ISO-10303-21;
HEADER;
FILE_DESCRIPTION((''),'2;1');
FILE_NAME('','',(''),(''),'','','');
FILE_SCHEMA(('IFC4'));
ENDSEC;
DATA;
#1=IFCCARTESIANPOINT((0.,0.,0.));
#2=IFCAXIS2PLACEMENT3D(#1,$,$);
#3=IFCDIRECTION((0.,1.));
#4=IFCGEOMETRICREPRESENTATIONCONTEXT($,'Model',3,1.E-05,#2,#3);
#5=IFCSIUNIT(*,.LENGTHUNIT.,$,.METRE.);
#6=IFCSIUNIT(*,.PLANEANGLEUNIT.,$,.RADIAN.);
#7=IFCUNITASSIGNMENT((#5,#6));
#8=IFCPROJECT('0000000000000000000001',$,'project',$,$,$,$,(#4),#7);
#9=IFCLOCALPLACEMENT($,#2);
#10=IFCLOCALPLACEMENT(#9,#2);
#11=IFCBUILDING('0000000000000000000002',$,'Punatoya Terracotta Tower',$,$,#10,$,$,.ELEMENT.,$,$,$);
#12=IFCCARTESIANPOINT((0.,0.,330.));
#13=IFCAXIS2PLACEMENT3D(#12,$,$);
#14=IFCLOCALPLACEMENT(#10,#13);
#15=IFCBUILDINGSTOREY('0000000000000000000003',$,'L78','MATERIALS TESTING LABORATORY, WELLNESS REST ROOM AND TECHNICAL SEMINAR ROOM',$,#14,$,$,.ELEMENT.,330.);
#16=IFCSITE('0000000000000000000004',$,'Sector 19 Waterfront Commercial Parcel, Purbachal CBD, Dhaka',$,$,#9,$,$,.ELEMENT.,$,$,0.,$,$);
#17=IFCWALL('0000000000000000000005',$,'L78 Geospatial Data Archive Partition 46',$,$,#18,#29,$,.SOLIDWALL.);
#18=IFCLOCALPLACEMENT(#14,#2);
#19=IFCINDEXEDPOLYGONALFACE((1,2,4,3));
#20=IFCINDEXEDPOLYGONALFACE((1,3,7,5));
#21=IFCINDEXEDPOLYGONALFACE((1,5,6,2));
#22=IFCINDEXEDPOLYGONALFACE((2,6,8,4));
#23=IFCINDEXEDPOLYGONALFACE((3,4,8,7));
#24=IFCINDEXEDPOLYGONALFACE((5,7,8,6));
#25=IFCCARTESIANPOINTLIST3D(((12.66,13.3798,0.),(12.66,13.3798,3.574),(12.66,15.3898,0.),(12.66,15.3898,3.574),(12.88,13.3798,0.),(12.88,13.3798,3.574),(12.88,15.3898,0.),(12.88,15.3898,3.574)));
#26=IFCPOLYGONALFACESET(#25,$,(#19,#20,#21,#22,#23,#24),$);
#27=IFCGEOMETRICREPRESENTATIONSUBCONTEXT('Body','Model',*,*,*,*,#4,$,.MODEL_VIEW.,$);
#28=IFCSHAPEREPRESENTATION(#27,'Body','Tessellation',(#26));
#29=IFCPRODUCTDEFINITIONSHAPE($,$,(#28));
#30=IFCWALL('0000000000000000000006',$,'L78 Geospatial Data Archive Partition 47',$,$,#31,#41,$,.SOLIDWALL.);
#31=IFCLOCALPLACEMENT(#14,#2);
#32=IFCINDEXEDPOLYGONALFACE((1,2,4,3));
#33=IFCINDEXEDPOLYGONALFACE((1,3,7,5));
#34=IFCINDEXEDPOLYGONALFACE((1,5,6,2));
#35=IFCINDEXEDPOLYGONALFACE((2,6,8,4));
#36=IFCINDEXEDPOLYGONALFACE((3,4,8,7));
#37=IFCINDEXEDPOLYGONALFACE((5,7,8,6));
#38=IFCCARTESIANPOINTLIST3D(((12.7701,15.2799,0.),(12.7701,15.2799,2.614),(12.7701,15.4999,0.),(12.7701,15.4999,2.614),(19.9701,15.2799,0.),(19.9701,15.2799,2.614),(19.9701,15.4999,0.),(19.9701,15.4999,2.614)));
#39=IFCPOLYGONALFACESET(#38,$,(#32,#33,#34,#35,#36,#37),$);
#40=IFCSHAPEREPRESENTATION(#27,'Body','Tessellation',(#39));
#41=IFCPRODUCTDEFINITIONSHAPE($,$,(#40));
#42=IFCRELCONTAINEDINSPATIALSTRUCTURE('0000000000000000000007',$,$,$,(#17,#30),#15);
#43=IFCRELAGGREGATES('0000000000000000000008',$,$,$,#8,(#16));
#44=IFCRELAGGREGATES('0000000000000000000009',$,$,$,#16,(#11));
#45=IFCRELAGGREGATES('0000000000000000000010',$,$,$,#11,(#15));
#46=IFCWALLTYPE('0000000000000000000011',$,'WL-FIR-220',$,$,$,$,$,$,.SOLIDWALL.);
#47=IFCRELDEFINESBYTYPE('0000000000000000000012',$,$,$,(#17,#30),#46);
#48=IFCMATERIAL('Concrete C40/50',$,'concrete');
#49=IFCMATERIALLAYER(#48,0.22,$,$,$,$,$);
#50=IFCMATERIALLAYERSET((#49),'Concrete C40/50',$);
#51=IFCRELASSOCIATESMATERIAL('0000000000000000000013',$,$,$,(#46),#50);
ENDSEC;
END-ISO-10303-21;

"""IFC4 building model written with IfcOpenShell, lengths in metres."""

from ifc_helpers import new_model, si_unit, direction, frame, frame_2d, origin, place, context, subcontext, project, spatial, rectangle, extrude, material, layer, layer_set, type_object, element, save


model = new_model("IFC4")

# Units and contexts
model_context = context("Model", 3, precision=1e-05, world=origin(), true_north=direction((0.0, 1.0)))
body_context = subcontext(model_context, "Body", "Model", "MODEL_VIEW")
ifc_project = project(units=[si_unit("LENGTHUNIT", "METRE"), si_unit("PLANEANGLEUNIT", "RADIAN")], contexts=[model_context])

# Site, building, storey
site_placement = place(None, origin())
site = spatial("IfcSite", under=ifc_project, at=site_placement, Name="Sector 19 Waterfront Commercial Parcel, Purbachal CBD, Dhaka", CompositionType="ELEMENT", RefElevation=0.0)
building_placement = place(site_placement, origin())
building = spatial("IfcBuilding", under=site, at=building_placement, Name="Punatoya Terracotta Tower", CompositionType="ELEMENT")
storey_placement = place(building_placement, frame((0.0, 0.0, 330.0)))
storey = spatial("IfcBuildingStorey", under=building, at=storey_placement, Name="L78", Description="MATERIALS TESTING LABORATORY, WELLNESS REST ROOM AND TECHNICAL SEMINAR ROOM", CompositionType="ELEMENT", Elevation=330.0)

# Walls
ifc_material_1 = material(Name="Concrete C40/50", Category="concrete")
ifc_layer_1 = layer(ifc_material_1, 0.22)
ifc_layer_set_1 = layer_set([ifc_layer_1], Name="Concrete C40/50")
wall_type_1 = type_object("IfcWallType", Name="WL-FIR-220", PredefinedType="SOLIDWALL", material=ifc_layer_set_1)
wall_1_placement = place(storey_placement, frame((12.77, 13.3799, 0.0), z_axis=(0.0, 0.0, 1.0), x_axis=(0.0, 1.0, 0.0)))
element("IfcWall", 1, at=wall_1_placement, inside=storey, type_object=wall_type_1, Name="L78 Geospatial Data Archive Partition 46", PredefinedType="SOLIDWALL", context=body_context, shape_type="SweptSolid", body=[
    extrude(rectangle(XDim=2.01, YDim=0.22, at=frame_2d((1.0049, 0.0))), origin(), (0.0, 0.0, 1.0), 3.574),
])
wall_2_placement = place(storey_placement, frame((12.77, 15.3899, 0.0), z_axis=(0.0, 0.0, 1.0), x_axis=(1.0, 0.0, 0.0)))
element("IfcWall", 2, at=wall_2_placement, inside=storey, type_object=wall_type_1, Name="L78 Geospatial Data Archive Partition 47", PredefinedType="SOLIDWALL", context=body_context, shape_type="SweptSolid", body=[
    extrude(rectangle(XDim=7.2, YDim=0.22, at=frame_2d((3.6001, 0.0))), origin(), (0.0, 0.0, 1.0), 2.614),
])

save(model, "model.ifc")
